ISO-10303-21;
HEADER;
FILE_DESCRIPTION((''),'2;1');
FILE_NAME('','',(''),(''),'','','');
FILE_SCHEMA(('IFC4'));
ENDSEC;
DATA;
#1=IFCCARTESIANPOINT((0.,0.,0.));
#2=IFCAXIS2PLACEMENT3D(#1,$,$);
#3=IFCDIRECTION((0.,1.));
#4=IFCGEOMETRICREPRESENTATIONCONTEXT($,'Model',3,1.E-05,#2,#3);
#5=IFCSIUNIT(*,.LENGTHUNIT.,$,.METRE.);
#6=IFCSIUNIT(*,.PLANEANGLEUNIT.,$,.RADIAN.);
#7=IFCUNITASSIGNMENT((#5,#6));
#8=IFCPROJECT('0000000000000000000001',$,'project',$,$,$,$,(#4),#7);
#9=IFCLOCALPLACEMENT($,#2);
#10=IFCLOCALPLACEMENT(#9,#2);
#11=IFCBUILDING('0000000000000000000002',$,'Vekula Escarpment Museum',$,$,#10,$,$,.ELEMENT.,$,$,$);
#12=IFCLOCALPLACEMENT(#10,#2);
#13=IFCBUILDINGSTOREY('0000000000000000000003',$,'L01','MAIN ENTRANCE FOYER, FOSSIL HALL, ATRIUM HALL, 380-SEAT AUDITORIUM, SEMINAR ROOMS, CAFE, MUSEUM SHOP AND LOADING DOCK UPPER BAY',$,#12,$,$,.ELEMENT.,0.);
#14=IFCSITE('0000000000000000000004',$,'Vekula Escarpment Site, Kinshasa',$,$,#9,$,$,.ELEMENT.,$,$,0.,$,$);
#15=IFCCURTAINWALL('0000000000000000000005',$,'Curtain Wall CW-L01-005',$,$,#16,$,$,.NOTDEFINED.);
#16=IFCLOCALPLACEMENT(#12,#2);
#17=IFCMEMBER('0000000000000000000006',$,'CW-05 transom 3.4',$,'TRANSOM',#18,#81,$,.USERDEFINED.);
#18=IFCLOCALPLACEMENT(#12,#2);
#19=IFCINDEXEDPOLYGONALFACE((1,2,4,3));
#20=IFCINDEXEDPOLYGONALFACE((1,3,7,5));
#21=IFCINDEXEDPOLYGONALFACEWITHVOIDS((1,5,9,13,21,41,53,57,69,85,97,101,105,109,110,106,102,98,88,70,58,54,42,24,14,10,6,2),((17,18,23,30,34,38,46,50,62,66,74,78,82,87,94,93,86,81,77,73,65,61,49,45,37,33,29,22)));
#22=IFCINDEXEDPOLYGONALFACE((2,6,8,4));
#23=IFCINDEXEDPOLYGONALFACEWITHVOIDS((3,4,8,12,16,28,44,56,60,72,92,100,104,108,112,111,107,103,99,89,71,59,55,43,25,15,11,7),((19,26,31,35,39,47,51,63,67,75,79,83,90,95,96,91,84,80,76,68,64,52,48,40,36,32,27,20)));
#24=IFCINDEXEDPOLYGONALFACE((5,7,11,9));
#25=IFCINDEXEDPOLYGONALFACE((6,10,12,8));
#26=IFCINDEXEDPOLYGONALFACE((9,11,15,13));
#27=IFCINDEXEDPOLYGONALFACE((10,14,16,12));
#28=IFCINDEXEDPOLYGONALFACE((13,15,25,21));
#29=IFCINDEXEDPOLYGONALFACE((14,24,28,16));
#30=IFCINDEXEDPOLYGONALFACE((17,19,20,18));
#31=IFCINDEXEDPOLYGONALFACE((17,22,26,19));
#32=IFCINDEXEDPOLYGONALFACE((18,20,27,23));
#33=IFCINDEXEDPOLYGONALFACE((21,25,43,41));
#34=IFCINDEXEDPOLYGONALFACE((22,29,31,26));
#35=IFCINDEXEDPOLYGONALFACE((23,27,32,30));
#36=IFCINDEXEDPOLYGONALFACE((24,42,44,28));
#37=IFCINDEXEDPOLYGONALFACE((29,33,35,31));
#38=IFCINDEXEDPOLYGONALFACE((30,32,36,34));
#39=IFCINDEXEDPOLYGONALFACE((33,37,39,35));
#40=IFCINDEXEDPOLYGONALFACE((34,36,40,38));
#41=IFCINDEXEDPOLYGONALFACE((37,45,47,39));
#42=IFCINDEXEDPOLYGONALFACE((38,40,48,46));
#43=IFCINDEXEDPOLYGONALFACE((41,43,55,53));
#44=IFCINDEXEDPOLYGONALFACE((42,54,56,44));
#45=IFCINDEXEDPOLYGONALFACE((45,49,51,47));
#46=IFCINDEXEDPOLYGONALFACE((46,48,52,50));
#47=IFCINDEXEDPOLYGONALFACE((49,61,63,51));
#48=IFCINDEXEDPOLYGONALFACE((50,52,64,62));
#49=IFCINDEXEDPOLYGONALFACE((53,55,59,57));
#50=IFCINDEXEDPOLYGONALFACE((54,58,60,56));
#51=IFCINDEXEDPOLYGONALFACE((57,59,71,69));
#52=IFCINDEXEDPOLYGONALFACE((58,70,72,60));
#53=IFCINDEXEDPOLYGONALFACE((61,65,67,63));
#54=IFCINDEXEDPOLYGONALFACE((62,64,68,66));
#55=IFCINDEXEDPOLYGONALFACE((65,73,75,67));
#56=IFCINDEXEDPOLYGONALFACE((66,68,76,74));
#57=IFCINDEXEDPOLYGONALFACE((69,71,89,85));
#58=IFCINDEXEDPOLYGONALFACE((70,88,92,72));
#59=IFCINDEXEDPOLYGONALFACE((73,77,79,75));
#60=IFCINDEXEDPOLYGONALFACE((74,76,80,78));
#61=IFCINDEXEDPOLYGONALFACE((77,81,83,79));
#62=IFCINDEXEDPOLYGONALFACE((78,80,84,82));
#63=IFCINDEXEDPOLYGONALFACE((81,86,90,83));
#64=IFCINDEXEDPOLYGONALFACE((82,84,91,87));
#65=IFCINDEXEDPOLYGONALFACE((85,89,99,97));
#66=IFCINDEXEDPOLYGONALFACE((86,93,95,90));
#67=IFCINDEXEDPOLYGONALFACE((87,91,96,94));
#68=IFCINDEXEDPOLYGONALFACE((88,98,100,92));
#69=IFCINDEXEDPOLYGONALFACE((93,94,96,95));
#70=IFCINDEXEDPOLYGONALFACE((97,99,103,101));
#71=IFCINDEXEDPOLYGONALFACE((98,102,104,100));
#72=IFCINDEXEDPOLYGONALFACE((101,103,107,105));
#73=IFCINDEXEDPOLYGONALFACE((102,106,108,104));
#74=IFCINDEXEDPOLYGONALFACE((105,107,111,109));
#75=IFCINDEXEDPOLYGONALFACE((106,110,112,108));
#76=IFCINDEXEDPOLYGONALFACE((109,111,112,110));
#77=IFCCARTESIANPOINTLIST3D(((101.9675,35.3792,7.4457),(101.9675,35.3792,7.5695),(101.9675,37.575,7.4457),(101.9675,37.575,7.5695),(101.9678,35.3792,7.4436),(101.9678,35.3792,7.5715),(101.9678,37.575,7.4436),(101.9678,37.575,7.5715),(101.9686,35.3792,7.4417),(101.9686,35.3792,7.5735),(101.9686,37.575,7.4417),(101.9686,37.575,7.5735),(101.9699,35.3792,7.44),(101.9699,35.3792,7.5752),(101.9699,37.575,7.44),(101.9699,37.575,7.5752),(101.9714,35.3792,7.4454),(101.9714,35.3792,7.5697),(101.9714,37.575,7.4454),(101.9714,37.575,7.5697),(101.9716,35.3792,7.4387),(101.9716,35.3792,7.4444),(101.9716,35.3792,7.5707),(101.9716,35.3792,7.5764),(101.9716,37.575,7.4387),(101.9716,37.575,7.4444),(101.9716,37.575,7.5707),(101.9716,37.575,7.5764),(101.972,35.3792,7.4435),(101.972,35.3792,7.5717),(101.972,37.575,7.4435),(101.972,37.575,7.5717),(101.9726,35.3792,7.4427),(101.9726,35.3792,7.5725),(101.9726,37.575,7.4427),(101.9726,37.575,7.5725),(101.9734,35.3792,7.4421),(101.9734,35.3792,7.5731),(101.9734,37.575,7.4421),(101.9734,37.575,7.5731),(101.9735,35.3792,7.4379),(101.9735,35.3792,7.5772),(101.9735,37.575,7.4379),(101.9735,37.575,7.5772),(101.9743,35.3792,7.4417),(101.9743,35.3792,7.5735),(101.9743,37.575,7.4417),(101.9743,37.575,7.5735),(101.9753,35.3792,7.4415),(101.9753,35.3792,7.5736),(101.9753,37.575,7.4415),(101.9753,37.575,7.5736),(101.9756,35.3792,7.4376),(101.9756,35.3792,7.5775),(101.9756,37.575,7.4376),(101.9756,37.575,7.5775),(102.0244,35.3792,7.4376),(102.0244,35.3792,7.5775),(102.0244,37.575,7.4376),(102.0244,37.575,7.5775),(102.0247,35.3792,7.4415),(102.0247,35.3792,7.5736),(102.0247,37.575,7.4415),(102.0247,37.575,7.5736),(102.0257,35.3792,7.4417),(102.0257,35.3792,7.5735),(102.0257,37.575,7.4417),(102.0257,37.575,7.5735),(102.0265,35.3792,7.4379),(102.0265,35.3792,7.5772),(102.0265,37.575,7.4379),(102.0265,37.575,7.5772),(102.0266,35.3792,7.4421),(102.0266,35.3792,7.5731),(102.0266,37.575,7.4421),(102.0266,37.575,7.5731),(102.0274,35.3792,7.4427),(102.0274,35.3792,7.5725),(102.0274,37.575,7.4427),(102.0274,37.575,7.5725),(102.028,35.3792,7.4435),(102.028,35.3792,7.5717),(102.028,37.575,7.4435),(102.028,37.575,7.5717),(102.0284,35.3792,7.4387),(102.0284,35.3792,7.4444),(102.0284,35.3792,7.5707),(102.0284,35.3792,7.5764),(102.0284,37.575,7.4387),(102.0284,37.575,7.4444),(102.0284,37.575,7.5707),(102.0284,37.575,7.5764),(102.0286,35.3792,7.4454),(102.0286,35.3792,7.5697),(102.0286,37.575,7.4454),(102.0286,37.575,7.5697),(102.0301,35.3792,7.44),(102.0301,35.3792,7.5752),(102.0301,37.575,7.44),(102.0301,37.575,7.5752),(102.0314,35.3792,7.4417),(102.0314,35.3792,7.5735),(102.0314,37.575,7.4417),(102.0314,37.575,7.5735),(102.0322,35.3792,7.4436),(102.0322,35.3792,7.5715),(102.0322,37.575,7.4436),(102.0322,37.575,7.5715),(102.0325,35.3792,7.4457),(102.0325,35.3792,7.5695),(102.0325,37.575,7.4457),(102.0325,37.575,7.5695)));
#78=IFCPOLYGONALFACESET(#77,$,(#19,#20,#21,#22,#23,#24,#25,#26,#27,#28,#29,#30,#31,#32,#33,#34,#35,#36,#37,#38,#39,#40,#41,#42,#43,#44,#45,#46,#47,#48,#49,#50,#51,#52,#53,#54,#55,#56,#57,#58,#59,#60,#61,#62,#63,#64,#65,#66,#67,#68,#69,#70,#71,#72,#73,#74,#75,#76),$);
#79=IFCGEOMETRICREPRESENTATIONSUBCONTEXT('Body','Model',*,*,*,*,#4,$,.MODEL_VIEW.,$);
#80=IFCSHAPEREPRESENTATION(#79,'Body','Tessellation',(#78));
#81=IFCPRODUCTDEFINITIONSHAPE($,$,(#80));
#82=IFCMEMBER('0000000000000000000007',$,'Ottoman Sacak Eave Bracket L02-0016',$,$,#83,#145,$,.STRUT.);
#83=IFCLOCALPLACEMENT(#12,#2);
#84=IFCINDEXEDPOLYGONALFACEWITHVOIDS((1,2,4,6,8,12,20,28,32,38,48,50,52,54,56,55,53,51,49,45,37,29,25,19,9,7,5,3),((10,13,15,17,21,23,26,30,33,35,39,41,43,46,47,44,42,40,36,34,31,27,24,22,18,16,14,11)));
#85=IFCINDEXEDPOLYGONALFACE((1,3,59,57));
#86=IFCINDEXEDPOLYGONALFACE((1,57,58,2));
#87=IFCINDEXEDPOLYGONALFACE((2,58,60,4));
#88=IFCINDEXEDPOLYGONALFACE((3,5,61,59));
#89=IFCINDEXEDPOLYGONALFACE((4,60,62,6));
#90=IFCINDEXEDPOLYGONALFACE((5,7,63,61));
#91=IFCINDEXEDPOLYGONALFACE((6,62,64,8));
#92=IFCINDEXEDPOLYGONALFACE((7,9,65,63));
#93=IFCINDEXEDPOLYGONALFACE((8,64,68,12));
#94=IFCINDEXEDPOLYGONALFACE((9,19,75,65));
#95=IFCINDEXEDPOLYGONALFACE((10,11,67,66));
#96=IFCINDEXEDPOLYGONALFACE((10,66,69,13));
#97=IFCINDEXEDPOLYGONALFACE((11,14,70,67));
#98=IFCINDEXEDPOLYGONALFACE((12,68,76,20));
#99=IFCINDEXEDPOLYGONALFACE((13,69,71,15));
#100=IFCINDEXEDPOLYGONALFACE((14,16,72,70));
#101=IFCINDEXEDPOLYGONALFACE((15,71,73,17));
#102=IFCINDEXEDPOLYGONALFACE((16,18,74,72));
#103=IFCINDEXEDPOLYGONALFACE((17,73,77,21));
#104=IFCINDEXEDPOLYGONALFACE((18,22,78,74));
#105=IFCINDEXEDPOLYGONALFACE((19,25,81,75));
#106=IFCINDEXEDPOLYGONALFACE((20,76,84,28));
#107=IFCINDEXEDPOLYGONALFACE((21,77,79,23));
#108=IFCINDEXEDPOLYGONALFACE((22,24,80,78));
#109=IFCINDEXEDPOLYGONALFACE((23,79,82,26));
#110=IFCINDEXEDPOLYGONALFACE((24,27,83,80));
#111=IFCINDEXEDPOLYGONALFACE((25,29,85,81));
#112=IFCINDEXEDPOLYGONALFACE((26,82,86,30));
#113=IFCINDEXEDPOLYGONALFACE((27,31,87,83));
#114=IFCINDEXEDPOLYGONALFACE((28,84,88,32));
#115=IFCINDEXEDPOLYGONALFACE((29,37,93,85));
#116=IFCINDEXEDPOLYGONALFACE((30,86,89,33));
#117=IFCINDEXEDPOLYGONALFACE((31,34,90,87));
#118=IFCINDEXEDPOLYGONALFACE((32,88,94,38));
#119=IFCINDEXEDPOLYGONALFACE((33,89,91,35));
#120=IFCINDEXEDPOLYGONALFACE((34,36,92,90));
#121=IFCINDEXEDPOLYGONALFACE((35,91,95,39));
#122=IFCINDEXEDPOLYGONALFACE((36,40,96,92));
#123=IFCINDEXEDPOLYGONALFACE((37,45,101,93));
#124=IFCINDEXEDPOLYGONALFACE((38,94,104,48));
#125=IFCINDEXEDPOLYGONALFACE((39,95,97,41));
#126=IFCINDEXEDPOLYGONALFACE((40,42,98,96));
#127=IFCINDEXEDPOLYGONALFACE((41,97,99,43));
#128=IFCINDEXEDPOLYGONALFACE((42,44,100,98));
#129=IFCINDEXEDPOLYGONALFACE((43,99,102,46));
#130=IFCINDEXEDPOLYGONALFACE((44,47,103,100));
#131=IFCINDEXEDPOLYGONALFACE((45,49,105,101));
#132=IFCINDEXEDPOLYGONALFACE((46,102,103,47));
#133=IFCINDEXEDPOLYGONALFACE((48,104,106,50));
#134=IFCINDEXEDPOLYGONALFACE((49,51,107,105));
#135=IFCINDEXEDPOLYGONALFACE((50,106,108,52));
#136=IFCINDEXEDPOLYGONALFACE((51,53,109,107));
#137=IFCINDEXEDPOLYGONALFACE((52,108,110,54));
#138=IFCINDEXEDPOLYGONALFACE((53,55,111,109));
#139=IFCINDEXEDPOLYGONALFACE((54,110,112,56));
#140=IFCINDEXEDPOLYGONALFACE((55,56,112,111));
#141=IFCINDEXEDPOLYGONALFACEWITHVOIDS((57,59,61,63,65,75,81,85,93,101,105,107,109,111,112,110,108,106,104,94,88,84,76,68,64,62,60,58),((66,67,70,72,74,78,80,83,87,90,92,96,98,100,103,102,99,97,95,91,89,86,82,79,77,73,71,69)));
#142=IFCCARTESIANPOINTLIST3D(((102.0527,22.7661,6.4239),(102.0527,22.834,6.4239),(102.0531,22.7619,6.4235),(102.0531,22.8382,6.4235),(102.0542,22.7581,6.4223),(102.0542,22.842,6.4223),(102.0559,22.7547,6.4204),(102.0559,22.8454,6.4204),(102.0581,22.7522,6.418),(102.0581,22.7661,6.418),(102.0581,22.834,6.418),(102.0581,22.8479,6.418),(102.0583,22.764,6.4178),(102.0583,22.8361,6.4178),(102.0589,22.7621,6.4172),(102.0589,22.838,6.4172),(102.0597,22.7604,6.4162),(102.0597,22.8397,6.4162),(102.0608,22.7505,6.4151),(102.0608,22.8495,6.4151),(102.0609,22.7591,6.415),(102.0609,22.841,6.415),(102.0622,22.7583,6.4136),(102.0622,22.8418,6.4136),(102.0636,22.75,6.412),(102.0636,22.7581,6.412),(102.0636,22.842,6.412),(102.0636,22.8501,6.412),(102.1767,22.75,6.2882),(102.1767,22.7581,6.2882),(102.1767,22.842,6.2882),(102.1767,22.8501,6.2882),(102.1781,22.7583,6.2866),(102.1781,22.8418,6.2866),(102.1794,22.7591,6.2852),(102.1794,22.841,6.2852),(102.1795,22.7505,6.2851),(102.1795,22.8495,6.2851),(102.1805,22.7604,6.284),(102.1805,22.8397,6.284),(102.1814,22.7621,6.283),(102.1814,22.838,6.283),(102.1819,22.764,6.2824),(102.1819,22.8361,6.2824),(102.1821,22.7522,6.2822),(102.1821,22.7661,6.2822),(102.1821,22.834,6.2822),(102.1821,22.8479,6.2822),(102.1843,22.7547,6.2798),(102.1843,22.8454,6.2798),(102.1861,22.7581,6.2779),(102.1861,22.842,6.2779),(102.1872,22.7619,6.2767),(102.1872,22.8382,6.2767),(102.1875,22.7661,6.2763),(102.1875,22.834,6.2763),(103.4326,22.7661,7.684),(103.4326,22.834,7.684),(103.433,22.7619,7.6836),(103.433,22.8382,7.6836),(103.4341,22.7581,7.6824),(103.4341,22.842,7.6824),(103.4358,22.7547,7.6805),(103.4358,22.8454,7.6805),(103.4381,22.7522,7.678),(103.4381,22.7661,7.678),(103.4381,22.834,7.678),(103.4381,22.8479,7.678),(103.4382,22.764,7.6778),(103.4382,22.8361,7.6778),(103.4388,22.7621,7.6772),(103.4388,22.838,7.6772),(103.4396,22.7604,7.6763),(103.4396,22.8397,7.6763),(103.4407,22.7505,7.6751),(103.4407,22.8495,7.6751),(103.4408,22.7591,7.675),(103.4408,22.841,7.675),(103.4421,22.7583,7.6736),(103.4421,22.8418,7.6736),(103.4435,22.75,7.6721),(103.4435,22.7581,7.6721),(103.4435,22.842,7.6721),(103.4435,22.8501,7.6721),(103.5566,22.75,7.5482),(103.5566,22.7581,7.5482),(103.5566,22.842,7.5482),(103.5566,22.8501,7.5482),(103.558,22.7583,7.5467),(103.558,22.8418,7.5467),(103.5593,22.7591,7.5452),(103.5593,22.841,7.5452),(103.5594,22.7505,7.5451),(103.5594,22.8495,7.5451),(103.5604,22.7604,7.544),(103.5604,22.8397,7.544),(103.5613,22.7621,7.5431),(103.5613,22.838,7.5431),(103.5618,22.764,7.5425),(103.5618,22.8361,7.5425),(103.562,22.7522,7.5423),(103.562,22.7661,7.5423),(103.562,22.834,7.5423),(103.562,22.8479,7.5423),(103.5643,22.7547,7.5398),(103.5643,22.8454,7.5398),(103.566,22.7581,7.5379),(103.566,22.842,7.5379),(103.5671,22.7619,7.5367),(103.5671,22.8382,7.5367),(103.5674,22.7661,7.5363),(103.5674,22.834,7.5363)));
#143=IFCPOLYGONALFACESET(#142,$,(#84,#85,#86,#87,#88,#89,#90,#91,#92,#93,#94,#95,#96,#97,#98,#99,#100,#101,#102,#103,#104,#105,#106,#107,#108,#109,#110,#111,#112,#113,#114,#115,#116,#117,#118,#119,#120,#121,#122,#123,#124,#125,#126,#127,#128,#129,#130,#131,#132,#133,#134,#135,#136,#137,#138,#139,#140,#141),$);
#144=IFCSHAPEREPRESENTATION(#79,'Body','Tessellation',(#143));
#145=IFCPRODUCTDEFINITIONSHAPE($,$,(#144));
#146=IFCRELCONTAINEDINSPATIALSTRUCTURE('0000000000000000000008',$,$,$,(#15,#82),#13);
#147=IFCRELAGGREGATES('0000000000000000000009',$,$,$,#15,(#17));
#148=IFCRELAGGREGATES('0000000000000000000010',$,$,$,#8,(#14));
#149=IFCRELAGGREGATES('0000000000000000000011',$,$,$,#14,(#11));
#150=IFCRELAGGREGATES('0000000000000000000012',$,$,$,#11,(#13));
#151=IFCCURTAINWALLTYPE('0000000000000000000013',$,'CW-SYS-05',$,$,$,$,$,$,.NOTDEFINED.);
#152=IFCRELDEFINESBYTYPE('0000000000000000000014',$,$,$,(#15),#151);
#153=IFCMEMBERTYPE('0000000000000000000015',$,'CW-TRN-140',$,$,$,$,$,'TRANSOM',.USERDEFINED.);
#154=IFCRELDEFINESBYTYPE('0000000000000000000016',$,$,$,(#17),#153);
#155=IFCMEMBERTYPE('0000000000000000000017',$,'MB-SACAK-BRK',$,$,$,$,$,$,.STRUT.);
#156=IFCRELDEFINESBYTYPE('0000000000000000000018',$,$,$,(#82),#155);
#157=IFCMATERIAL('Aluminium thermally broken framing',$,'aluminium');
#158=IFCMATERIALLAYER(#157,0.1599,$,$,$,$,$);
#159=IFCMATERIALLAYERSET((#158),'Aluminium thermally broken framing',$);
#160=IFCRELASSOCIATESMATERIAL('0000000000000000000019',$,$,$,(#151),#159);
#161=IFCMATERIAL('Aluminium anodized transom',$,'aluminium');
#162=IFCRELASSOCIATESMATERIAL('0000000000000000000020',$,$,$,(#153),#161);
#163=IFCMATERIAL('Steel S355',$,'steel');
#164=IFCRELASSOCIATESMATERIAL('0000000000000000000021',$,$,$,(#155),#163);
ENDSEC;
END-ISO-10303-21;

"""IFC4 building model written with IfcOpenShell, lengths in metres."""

from ifc_helpers import new_model, si_unit, direction, frame, origin, origin_2d, place, context, subcontext, project, spatial, hollow_rectangle, extrude, material, layer, layer_set, material_profile, profile_set, type_object, element, aggregate, save


model = new_model("IFC4")

# Units and contexts
model_context = context("Model", 3, precision=1e-05, world=origin(), true_north=direction((0.0, 1.0)))
body_context = subcontext(model_context, "Body", "Model", "MODEL_VIEW")
ifc_project = project(units=[si_unit("LENGTHUNIT", "METRE"), si_unit("PLANEANGLEUNIT", "RADIAN")], contexts=[model_context])

# Site, building, storey
site_placement = place(None, origin())
site = spatial("IfcSite", under=ifc_project, at=site_placement, Name="Vekula Escarpment Site, Kinshasa", CompositionType="ELEMENT", RefElevation=0.0)
building_placement = place(site_placement, origin())
building = spatial("IfcBuilding", under=site, at=building_placement, Name="Vekula Escarpment Museum", CompositionType="ELEMENT")
storey_placement = place(building_placement, origin())
storey = spatial("IfcBuildingStorey", under=building, at=storey_placement, Name="L01", Description="MAIN ENTRANCE FOYER, FOSSIL HALL, ATRIUM HALL, 380-SEAT AUDITORIUM, SEMINAR ROOMS, CAFE, MUSEUM SHOP AND LOADING DOCK UPPER BAY", CompositionType="ELEMENT", Elevation=0.0)

# Curtain wall, member
ifc_material_1 = material(Name="Aluminium thermally broken framing", Category="aluminium")
ifc_layer_1 = layer(ifc_material_1, 0.1599)
ifc_layer_set_1 = layer_set([ifc_layer_1], Name="Aluminium thermally broken framing")
curtain_wall_type = type_object("IfcCurtainWallType", Name="CW-SYS-05", PredefinedType="NOTDEFINED", material=ifc_layer_set_1)
curtain_wall_placement = place(storey_placement, origin())
curtain_wall = element("IfcCurtainWall", 1, at=curtain_wall_placement, inside=storey, type_object=curtain_wall_type, Name="Curtain Wall CW-L01-005", PredefinedType="NOTDEFINED")
ifc_material_2 = material(Name="Aluminium anodized transom", Category="aluminium")
ifc_material_profile_1 = material_profile(ifc_material_2, hollow_rectangle(XDim=0.0649, YDim=0.1399, WallThickness=0.0039, InnerFilletRadius=0.0039, OuterFilletRadius=0.0081, at=origin_2d()), Name="ALU 140x65x4")
ifc_profile_set_1 = profile_set([ifc_material_profile_1], Name="Aluminium anodized transom")
member_type_1 = type_object("IfcMemberType", Name="CW-TRN-140", ElementType="TRANSOM", PredefinedType="USERDEFINED", material=ifc_profile_set_1)
member_1_placement = place(storey_placement, frame((102.0, 35.3792, 7.5076), z_axis=(0.0, 1.0, 0.0), x_axis=(-1.0, 0.0, 0.0)))
member_1 = element("IfcMember", 2, at=member_1_placement, type_object=member_type_1, Name="CW-05 transom 3.4", ObjectType="TRANSOM", PredefinedType="USERDEFINED", context=body_context, shape_type="SweptSolid", body=[
    extrude(hollow_rectangle(XDim=0.0649, YDim=0.1399, WallThickness=0.0039, InnerFilletRadius=0.0039, OuterFilletRadius=0.0081, at=origin_2d()), origin(), (0.0, 0.0, 1.0), 2.1958),
])

# Member
ifc_material_3 = material(Name="Steel S355", Category="steel")
ifc_material_profile_2 = material_profile(ifc_material_3, hollow_rectangle(XDim=0.1001, YDim=0.2, WallThickness=0.0081, InnerFilletRadius=0.0081, OuterFilletRadius=0.0161, at=origin_2d()), Name="RHS 200x100x8")
ifc_profile_set_2 = profile_set([ifc_material_profile_2], Name="Steel S355")
member_type_2 = type_object("IfcMemberType", Name="MB-SACAK-BRK", PredefinedType="STRUT", material=ifc_profile_set_2)
for number, where, z_axis, x_axis, name in (
    (3, (102.1201, 22.8, 6.3501), (0.738454, 0.0, 0.674303), (0.0, 1.0, 0.0), "Ottoman Sacak Eave Bracket L02-0016"),
):
    element("IfcMember", number, at=place(storey_placement, frame(where, z_axis=z_axis, x_axis=x_axis)), inside=storey, type_object=member_type_2, Name=name, PredefinedType="STRUT", context=body_context, shape_type="SweptSolid", body=[
        extrude(hollow_rectangle(XDim=0.1001, YDim=0.2, WallThickness=0.0081, InnerFilletRadius=0.0081, OuterFilletRadius=0.0161, at=origin_2d()), origin(), (0.0, 0.0, 1.0), 1.8687),
    ])

aggregate(curtain_wall, [member_1])

save(model, "model.ifc")
